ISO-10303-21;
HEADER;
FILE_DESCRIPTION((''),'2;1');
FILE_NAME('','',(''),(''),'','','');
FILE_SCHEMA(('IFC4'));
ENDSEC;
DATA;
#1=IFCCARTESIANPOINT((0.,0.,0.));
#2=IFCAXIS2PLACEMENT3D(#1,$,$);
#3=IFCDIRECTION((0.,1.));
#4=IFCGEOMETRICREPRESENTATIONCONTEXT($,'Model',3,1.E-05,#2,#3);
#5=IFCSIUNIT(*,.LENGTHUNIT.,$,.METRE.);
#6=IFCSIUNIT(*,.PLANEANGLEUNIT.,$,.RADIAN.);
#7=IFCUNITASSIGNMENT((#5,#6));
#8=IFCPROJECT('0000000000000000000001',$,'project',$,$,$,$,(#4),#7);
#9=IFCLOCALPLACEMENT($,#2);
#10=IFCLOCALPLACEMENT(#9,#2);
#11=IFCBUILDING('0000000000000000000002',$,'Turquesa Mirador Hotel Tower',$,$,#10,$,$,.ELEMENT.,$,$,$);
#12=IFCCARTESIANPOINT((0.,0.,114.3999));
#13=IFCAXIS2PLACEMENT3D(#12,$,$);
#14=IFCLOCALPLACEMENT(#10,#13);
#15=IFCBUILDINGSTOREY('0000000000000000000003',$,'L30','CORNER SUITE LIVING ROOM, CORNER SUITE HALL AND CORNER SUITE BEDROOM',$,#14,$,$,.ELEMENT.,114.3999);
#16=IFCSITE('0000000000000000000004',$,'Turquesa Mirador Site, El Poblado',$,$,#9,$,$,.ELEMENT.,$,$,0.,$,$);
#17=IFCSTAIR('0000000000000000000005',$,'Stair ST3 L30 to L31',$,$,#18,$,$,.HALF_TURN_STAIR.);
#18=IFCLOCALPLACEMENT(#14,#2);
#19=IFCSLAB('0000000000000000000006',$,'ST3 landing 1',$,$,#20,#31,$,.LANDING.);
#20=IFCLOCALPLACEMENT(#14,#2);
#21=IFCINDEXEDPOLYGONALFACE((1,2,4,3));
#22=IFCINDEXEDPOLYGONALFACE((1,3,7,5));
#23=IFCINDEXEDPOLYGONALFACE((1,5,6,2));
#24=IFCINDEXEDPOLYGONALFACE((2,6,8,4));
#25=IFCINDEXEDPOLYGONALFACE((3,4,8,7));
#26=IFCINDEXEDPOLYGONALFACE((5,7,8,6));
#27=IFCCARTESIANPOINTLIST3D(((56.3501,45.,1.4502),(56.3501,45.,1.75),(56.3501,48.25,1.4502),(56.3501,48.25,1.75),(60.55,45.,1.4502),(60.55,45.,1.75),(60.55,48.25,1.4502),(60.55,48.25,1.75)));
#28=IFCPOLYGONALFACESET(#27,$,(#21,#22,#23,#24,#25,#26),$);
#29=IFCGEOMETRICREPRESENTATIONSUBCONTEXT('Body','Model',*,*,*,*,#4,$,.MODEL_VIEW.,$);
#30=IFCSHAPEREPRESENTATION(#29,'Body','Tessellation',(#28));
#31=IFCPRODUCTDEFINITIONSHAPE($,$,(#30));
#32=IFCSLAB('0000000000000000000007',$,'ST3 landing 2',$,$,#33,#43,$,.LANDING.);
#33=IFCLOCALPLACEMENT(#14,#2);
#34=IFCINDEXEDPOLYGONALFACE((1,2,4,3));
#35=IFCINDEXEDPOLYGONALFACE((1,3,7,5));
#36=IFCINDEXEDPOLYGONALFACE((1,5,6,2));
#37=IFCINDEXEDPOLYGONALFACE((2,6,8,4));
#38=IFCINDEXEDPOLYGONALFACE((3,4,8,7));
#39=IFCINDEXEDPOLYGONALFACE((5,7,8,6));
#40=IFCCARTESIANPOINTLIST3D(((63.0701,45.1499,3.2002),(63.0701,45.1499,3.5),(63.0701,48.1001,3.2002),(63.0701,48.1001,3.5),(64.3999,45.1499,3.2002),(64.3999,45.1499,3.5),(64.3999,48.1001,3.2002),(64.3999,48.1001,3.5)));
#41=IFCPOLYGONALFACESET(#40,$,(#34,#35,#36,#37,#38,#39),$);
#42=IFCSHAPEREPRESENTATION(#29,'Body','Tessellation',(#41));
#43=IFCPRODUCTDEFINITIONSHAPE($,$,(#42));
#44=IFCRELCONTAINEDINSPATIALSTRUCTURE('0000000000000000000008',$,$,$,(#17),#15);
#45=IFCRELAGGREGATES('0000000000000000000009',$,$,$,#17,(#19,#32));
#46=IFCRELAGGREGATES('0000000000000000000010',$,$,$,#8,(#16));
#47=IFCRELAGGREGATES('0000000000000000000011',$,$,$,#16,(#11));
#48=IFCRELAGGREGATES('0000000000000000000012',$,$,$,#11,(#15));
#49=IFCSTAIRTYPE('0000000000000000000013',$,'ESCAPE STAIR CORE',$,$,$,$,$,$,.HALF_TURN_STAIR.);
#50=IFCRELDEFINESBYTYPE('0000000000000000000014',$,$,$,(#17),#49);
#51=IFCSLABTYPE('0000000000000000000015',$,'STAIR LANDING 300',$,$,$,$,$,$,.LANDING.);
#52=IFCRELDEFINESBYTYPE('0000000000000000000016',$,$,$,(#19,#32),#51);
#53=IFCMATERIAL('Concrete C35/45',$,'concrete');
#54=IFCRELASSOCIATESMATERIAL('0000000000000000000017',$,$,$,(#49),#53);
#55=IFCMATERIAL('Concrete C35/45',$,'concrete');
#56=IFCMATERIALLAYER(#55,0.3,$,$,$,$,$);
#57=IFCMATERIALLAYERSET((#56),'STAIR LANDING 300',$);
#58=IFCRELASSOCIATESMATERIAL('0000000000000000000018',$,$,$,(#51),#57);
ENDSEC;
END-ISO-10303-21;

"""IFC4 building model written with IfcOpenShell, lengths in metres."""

from ifc_helpers import new_model, si_unit, direction, frame, origin, place, context, subcontext, project, spatial, polyline, outline, extrude, material, layer, layer_set, type_object, element, aggregate, save


model = new_model("IFC4")

# Units and contexts
model_context = context("Model", 3, precision=1e-05, world=origin(), true_north=direction((0.0, 1.0)))
body_context = subcontext(model_context, "Body", "Model", "MODEL_VIEW")
ifc_project = project(units=[si_unit("LENGTHUNIT", "METRE"), si_unit("PLANEANGLEUNIT", "RADIAN")], contexts=[model_context])

# Site, building, storey
site_placement = place(None, origin())
site = spatial("IfcSite", under=ifc_project, at=site_placement, Name="Turquesa Mirador Site, El Poblado", CompositionType="ELEMENT", RefElevation=0.0)
building_placement = place(site_placement, origin())
building = spatial("IfcBuilding", under=site, at=building_placement, Name="Turquesa Mirador Hotel Tower", CompositionType="ELEMENT")
storey_placement = place(building_placement, frame((0.0, 0.0, 114.3999)))
storey = spatial("IfcBuildingStorey", under=building, at=storey_placement, Name="L30", Description="CORNER SUITE LIVING ROOM, CORNER SUITE HALL AND CORNER SUITE BEDROOM", CompositionType="ELEMENT", Elevation=114.3999)

# Stair, slabs
ifc_material_1 = material(Name="Concrete C35/45", Category="concrete")
stair_type = type_object("IfcStairType", Name="ESCAPE STAIR CORE", PredefinedType="HALF_TURN_STAIR", material=ifc_material_1)
ifc_material_2 = material(Name="Concrete C35/45", Category="concrete")
ifc_layer_1 = layer(ifc_material_2, 0.3)
ifc_layer_set_1 = layer_set([ifc_layer_1], Name="STAIR LANDING 300")
slab_type_1 = type_object("IfcSlabType", Name="STAIR LANDING 300", PredefinedType="LANDING", material=ifc_layer_set_1)
stair_1_placement = place(storey_placement, origin())
stair_1 = element("IfcStair", 1, at=stair_1_placement, inside=storey, type_object=stair_type, Name="Stair ST3 L30 to L31", PredefinedType="HALF_TURN_STAIR")
slab_1_placement = place(storey_placement, frame((0.0, 0.0, 1.4502)))
slab_1 = element("IfcSlab", 2, at=slab_1_placement, type_object=slab_type_1, Name="ST3 landing 1", PredefinedType="LANDING", context=body_context, shape_type="SweptSolid", body=[
    extrude(outline(polyline([(56.3501, 45.0), (60.55, 45.0), (60.55, 48.25), (56.3501, 48.25), (56.3501, 45.0)])), origin(), (0.0, 0.0, 1.0), 0.2998),
])
slab_2_placement = place(storey_placement, frame((0.0, 0.0, 3.2002)))
slab_2 = element("IfcSlab", 3, at=slab_2_placement, type_object=slab_type_1, Name="ST3 landing 2", PredefinedType="LANDING", context=body_context, shape_type="SweptSolid", body=[
    extrude(outline(polyline([(63.0701, 45.1499), (64.3999, 45.1499), (64.3999, 48.1001), (63.0701, 48.1001), (63.0701, 45.1499)])), origin(), (0.0, 0.0, 1.0), 0.2998),
])
aggregate(stair_1, [slab_1, slab_2])

save(model, "model.ifc")
